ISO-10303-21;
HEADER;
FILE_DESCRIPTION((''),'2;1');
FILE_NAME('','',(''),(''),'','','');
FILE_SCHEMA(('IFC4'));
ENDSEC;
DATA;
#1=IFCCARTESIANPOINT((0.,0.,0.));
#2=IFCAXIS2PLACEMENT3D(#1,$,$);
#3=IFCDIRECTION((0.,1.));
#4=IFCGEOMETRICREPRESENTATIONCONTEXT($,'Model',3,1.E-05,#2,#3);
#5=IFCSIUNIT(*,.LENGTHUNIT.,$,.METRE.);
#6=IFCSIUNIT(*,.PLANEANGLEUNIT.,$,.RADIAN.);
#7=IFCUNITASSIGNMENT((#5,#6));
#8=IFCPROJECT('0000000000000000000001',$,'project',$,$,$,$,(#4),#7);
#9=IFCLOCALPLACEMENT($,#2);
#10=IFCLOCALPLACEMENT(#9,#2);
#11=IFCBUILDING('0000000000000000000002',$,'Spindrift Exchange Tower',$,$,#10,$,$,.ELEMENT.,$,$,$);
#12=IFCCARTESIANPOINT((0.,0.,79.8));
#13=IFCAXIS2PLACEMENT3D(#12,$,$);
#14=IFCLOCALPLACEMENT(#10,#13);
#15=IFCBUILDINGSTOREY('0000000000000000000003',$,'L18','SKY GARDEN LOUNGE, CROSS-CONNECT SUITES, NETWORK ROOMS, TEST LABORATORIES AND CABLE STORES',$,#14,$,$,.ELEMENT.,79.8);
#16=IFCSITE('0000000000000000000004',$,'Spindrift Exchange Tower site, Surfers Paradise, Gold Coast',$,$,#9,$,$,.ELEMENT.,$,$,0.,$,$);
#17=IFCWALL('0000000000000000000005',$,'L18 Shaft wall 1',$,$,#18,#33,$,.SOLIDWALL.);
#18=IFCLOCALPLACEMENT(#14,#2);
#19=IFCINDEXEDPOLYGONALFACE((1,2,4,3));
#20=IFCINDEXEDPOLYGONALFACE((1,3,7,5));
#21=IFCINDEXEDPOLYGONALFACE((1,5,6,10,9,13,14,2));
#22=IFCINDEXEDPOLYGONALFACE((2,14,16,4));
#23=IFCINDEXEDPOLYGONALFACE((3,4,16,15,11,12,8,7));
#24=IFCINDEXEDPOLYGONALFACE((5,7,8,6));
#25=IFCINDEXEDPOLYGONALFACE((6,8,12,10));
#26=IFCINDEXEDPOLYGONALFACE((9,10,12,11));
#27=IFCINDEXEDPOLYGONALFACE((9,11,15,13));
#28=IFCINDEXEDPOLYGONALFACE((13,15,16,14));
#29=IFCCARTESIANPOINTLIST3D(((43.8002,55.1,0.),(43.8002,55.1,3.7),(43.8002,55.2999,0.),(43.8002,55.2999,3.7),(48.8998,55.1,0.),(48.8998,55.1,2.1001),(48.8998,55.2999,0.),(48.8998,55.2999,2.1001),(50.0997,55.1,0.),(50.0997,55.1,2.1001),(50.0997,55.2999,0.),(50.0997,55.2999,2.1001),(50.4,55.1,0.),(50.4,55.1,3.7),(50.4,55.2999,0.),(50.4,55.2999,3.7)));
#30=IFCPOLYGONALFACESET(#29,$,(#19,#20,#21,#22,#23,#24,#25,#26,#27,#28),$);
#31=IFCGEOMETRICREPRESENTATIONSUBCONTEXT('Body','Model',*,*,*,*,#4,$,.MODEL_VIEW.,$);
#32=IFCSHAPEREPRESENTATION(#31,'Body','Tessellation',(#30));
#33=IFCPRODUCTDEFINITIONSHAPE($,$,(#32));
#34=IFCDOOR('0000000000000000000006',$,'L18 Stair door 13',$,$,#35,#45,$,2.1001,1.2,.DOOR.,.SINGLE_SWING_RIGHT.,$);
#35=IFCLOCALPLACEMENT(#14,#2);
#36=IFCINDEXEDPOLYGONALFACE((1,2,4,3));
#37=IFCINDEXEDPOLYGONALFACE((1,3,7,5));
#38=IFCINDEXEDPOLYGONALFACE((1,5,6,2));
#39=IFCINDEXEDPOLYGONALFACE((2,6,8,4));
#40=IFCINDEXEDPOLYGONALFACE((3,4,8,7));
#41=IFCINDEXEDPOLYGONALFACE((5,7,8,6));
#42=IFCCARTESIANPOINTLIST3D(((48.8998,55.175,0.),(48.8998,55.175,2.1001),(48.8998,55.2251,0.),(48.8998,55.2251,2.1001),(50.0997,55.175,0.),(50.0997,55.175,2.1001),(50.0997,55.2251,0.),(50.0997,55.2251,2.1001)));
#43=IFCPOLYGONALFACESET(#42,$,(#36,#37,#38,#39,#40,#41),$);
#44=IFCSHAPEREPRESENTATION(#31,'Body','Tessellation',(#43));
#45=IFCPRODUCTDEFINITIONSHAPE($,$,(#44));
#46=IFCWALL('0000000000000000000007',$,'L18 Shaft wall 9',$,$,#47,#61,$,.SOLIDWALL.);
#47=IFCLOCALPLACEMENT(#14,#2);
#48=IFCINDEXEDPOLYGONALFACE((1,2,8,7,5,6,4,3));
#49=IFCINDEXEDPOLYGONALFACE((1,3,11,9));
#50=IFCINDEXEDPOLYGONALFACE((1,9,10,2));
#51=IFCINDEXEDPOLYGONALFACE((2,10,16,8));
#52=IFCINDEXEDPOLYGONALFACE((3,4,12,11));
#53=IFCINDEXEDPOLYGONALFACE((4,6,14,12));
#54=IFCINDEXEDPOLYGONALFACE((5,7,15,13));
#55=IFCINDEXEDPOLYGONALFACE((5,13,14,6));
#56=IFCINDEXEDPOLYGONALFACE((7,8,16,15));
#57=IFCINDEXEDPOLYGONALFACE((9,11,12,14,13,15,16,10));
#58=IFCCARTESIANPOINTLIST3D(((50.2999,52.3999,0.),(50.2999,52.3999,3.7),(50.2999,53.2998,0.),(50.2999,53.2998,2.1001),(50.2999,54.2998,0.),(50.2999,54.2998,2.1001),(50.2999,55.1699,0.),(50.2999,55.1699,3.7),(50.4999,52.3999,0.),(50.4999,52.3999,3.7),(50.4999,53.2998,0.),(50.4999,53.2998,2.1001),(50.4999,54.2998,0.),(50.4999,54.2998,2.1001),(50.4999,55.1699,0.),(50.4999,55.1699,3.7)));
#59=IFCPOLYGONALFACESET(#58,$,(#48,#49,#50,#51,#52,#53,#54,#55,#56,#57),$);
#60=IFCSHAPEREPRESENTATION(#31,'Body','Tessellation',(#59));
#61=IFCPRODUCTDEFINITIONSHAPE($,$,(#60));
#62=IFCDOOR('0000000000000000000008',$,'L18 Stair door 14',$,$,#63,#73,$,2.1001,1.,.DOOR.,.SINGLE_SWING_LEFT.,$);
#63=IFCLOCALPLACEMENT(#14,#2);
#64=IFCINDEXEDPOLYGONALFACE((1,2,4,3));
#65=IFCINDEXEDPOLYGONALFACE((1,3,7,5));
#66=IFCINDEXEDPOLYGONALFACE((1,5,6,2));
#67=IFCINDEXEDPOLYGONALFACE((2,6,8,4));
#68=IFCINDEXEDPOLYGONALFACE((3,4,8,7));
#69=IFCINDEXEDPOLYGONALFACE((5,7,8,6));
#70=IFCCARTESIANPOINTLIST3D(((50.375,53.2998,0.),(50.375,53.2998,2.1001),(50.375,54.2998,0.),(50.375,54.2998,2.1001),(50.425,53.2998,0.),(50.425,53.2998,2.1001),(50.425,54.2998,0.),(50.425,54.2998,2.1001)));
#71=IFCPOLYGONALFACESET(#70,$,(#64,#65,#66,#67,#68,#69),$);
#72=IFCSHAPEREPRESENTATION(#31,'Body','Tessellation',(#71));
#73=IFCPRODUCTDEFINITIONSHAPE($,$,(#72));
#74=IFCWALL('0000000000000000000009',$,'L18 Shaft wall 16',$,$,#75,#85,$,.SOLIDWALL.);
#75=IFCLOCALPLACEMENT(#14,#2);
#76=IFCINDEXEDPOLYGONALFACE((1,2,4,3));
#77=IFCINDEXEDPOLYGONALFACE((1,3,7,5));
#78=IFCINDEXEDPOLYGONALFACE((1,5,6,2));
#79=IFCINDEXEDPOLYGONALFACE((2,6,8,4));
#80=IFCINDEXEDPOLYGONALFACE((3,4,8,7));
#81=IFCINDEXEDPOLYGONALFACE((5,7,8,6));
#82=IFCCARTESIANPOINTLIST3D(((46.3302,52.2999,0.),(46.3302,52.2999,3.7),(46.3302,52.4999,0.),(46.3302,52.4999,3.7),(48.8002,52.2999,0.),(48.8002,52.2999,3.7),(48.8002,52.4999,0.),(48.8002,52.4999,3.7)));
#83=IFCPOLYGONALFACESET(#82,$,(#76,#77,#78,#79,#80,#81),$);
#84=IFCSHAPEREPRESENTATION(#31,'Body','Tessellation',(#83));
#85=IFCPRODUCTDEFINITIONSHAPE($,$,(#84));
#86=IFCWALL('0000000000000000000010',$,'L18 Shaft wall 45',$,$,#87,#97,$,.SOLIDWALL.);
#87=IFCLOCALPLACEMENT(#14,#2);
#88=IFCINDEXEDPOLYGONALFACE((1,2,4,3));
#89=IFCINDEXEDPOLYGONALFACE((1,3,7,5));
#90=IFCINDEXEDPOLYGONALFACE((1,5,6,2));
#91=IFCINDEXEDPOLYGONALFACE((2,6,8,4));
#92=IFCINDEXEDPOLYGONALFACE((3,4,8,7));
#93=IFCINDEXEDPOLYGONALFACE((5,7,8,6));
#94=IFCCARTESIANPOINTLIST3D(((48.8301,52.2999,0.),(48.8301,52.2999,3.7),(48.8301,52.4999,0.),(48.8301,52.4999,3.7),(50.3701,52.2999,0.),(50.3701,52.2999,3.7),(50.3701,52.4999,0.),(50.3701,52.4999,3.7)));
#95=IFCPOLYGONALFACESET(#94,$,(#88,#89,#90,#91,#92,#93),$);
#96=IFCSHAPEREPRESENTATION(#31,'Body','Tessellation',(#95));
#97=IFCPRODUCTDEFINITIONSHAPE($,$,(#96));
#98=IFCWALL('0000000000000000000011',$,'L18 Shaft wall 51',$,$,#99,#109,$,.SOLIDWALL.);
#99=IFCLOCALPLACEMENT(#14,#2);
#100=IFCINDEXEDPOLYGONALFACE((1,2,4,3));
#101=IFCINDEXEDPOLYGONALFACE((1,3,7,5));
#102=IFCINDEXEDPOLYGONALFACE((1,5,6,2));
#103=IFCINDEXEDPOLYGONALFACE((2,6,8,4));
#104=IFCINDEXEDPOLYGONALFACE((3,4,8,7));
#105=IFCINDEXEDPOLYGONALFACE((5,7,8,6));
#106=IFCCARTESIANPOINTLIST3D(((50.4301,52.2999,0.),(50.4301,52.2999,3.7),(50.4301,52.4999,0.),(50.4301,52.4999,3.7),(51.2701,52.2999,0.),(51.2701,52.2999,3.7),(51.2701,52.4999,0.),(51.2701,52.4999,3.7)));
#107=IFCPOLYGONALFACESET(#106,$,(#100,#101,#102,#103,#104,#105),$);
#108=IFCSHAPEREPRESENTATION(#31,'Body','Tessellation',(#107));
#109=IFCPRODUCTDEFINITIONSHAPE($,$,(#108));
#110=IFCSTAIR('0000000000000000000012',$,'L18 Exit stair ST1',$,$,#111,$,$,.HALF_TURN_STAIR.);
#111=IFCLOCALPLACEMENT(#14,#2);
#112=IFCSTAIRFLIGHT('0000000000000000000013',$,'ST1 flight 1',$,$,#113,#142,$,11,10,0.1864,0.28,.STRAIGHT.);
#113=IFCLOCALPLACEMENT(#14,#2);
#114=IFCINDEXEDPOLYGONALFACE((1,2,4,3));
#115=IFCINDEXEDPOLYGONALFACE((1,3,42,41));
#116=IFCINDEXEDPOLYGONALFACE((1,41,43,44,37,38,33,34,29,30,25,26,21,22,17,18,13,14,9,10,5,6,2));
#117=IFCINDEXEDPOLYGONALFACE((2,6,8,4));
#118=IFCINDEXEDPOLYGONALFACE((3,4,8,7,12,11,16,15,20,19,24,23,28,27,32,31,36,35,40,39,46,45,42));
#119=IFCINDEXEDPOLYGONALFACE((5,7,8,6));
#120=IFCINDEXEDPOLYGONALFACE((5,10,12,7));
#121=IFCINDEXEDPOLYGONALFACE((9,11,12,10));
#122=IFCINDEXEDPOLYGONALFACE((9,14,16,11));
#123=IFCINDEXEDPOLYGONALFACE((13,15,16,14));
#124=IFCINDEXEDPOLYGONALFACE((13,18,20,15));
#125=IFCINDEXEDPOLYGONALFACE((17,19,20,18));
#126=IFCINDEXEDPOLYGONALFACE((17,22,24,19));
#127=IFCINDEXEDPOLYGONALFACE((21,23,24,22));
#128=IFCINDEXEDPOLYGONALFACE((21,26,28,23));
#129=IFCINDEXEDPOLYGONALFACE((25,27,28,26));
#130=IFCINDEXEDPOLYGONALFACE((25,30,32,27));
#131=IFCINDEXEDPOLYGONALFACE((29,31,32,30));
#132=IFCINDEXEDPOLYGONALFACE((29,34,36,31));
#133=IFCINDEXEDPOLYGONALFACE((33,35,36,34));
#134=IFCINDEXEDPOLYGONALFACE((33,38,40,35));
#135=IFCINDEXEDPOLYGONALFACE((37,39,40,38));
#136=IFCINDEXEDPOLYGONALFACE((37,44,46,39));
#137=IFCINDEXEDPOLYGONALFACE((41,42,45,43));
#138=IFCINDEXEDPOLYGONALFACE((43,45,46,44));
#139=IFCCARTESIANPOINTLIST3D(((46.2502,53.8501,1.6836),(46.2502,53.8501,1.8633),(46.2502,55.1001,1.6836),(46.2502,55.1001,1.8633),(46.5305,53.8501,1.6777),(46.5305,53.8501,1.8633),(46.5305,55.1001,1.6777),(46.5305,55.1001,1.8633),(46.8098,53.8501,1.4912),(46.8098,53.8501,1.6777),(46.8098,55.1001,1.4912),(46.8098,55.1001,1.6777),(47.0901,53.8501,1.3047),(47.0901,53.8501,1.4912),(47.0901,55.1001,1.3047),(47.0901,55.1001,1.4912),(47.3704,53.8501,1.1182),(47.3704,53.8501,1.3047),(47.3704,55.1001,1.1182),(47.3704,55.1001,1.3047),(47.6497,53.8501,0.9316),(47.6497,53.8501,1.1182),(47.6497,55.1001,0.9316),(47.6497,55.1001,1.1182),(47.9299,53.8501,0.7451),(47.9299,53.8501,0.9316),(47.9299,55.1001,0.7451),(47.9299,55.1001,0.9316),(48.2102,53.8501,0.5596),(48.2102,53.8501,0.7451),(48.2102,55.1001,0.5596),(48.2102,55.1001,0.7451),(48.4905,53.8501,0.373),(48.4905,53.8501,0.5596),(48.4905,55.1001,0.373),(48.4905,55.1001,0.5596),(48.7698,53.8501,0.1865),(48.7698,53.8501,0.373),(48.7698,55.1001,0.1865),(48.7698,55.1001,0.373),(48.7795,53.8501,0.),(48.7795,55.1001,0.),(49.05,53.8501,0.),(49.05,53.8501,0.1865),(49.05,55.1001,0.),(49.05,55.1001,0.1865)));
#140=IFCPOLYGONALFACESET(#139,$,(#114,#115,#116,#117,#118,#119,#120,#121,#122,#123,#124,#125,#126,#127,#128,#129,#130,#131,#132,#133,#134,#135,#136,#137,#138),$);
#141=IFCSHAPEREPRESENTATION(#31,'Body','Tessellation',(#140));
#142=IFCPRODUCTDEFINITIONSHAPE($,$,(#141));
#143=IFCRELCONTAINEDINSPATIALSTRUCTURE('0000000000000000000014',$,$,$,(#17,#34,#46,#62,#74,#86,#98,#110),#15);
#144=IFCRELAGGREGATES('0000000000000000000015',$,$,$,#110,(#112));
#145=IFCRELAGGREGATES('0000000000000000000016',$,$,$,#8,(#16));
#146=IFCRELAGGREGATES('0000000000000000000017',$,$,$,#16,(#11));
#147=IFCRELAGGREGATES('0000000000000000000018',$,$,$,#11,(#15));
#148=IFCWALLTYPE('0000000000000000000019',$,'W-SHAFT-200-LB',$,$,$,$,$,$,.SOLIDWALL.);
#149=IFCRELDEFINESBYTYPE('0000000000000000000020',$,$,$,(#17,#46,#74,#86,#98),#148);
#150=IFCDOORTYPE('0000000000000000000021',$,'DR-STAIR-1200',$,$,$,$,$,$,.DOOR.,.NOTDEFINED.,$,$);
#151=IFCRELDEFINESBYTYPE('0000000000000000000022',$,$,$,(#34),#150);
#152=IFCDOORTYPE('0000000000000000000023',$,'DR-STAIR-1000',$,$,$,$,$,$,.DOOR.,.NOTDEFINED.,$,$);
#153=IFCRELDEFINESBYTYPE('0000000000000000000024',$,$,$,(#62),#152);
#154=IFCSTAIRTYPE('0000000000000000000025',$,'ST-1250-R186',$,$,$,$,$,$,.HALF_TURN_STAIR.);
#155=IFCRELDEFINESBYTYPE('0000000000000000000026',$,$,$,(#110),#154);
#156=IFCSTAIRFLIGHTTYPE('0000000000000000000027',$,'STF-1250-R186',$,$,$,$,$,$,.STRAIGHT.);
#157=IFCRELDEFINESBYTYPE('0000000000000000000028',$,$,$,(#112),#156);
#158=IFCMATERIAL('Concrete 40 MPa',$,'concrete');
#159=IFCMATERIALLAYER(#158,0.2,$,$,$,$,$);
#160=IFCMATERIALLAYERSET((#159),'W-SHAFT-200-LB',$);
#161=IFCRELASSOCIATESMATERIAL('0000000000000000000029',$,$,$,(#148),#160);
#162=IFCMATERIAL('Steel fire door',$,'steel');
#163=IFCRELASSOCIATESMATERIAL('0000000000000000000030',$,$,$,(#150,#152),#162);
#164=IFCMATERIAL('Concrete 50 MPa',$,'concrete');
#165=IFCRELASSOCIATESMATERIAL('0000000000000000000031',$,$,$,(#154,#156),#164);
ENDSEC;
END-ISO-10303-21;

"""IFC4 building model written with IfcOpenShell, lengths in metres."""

from ifc_helpers import new_model, si_unit, direction, frame, frame_2d, origin, place, context, subcontext, project, spatial, line, indexed_curve, rectangle, outline, extrude, source, transform, mapped, material, layer, layer_set, type_object, element, fill, aggregate, save


model = new_model("IFC4")

# Units and contexts
model_context = context("Model", 3, precision=1e-05, world=origin(), true_north=direction((0.0, 1.0)))
body_context = subcontext(model_context, "Body", "Model", "MODEL_VIEW")
ifc_project = project(units=[si_unit("LENGTHUNIT", "METRE"), si_unit("PLANEANGLEUNIT", "RADIAN")], contexts=[model_context])

# Site, building, storey
site_placement = place(None, origin())
site = spatial("IfcSite", under=ifc_project, at=site_placement, Name="Spindrift Exchange Tower site, Surfers Paradise, Gold Coast", CompositionType="ELEMENT", RefElevation=0.0)
building_placement = place(site_placement, origin())
building = spatial("IfcBuilding", under=site, at=building_placement, Name="Spindrift Exchange Tower", CompositionType="ELEMENT")
storey_placement = place(building_placement, frame((0.0, 0.0, 79.8)))
storey = spatial("IfcBuildingStorey", under=building, at=storey_placement, Name="L18", Description="SKY GARDEN LOUNGE, CROSS-CONNECT SUITES, NETWORK ROOMS, TEST LABORATORIES AND CABLE STORES", CompositionType="ELEMENT", Elevation=79.8)

# Shared definitions
ifc_material_1 = material(Name="Concrete 40 MPa", Category="concrete")

# Walls, openings, doors
ifc_layer_1 = layer(ifc_material_1, 0.2)
ifc_layer_set_1 = layer_set([ifc_layer_1], Name="W-SHAFT-200-LB")
wall_type_1 = type_object("IfcWallType", Name="W-SHAFT-200-LB", PredefinedType="SOLIDWALL", material=ifc_layer_set_1)
wall_1_placement = place(storey_placement, frame((50.3999, 55.2, 0.0), z_axis=(0.0, 0.0, 1.0), x_axis=(-1.0, 0.0, 0.0)))
wall_1 = element("IfcWall", 1, at=wall_1_placement, inside=storey, type_object=wall_type_1, Name="L18 Shaft wall 1", PredefinedType="SOLIDWALL", context=body_context, shape_type="SweptSolid", body=[
    extrude(rectangle(XDim=6.5999, YDim=0.2, at=frame_2d((3.2998, 0.0))), origin(), (0.0, 0.0, 1.0), 3.7),
])
opening_1_placement = place(wall_1_placement, frame((0.3, 0.0, 0.0)))
opening_1 = element("IfcOpeningElement", 2, at=opening_1_placement, cuts=wall_1, PredefinedType="OPENING", context=body_context, shape_type="SweptSolid", body=[
    extrude(rectangle(XDim=1.2, YDim=2.1001, at=frame_2d((0.6001, 1.05))), frame((0.0, 0.1099, 0.0), z_axis=(0.0, -1.0, 0.0), x_axis=(1.0, 0.0, 0.0)), (0.0, 0.0, 1.0), 0.22),
])
ifc_material_2 = material(Name="Steel fire door", Category="steel")
door_type_1 = type_object("IfcDoorType", Name="DR-STAIR-1200", OperationType="NOTDEFINED", PredefinedType="DOOR", material=ifc_material_2)
shared_shape_1 = source(origin(), body_context, "Body", "SweptSolid", [
    extrude(rectangle(XDim=1.2, YDim=2.1001, at=frame_2d((0.6001, 1.05))), frame((0.0, 0.0249, 0.0), z_axis=(0.0, -1.0, 0.0), x_axis=(1.0, 0.0, 0.0)), (0.0, 0.0, 1.0), 0.05),
])
door_1_placement = place(opening_1_placement, origin())
door_1 = element("IfcDoor", 3, at=door_1_placement, inside=storey, type_object=door_type_1, Name="L18 Stair door 13", OperationType="SINGLE_SWING_RIGHT", OverallHeight=2.1001, OverallWidth=1.2, PredefinedType="DOOR", context=body_context, shape_type="MappedRepresentation", body=[
    mapped(shared_shape_1, transform((0.0, 0.0, 0.0), scale=1.0)),
])
fill(opening_1, door_1)
wall_2_placement = place(storey_placement, frame((50.3999, 52.3999, 0.0), z_axis=(0.0, 0.0, 1.0), x_axis=(0.0, 1.0, 0.0)))
wall_2 = element("IfcWall", 4, at=wall_2_placement, inside=storey, type_object=wall_type_1, Name="L18 Shaft wall 9", PredefinedType="SOLIDWALL", context=body_context, shape_type="SweptSolid", body=[
    extrude(rectangle(XDim=2.77, YDim=0.2, at=frame_2d((1.385, 0.0))), origin(), (0.0, 0.0, 1.0), 3.7),
])
opening_2_placement = place(wall_2_placement, frame((0.8999, 0.0, 0.0)))
opening_2 = element("IfcOpeningElement", 5, at=opening_2_placement, cuts=wall_2, PredefinedType="OPENING", context=body_context, shape_type="SweptSolid", body=[
    extrude(rectangle(XDim=1.0, YDim=2.1001, at=frame_2d((0.5, 1.05))), frame((0.0, 0.1099, 0.0), z_axis=(0.0, -1.0, 0.0), x_axis=(1.0, 0.0, 0.0)), (0.0, 0.0, 1.0), 0.22),
])
door_type_2 = type_object("IfcDoorType", Name="DR-STAIR-1000", OperationType="NOTDEFINED", PredefinedType="DOOR", material=ifc_material_2)
shared_shape_2 = source(origin(), body_context, "Body", "SweptSolid", [
    extrude(rectangle(XDim=1.0, YDim=2.1001, at=frame_2d((0.5, 1.05))), frame((0.0, 0.0249, 0.0), z_axis=(0.0, -1.0, 0.0), x_axis=(1.0, 0.0, 0.0)), (0.0, 0.0, 1.0), 0.05),
])
door_2_placement = place(opening_2_placement, origin())
door_2 = element("IfcDoor", 6, at=door_2_placement, inside=storey, type_object=door_type_2, Name="L18 Stair door 14", OperationType="SINGLE_SWING_LEFT", OverallHeight=2.1001, OverallWidth=1.0, PredefinedType="DOOR", context=body_context, shape_type="MappedRepresentation", body=[
    mapped(shared_shape_2, transform((0.0, 0.0, 0.0), scale=1.0)),
])
fill(opening_2, door_2)

# Walls
wall_3_placement = place(storey_placement, frame((48.8, 52.3999, 0.0), z_axis=(0.0, 0.0, 1.0), x_axis=(-1.0, 0.0, 0.0)))
element("IfcWall", 7, at=wall_3_placement, inside=storey, type_object=wall_type_1, Name="L18 Shaft wall 16", PredefinedType="SOLIDWALL", context=body_context, shape_type="SweptSolid", body=[
    extrude(rectangle(XDim=2.47, YDim=0.2, at=frame_2d((1.2349, 0.0))), origin(), (0.0, 0.0, 1.0), 3.7),
])
wall_4_placement = place(storey_placement, frame((50.3701, 52.3999, 0.0), z_axis=(0.0, 0.0, 1.0), x_axis=(-1.0, 0.0, 0.0)))
element("IfcWall", 8, at=wall_4_placement, inside=storey, type_object=wall_type_1, Name="L18 Shaft wall 45", PredefinedType="SOLIDWALL", context=body_context, shape_type="SweptSolid", body=[
    extrude(rectangle(XDim=1.54, YDim=0.2, at=frame_2d((0.77, 0.0))), origin(), (0.0, 0.0, 1.0), 3.7),
])
wall_5_placement = place(storey_placement, frame((51.27, 52.3999, 0.0), z_axis=(0.0, 0.0, 1.0), x_axis=(-1.0, 0.0, 0.0)))
element("IfcWall", 9, at=wall_5_placement, inside=storey, type_object=wall_type_1, Name="L18 Shaft wall 51", PredefinedType="SOLIDWALL", context=body_context, shape_type="SweptSolid", body=[
    extrude(rectangle(XDim=0.8401, YDim=0.2, at=frame_2d((0.4199, 0.0))), origin(), (0.0, 0.0, 1.0), 3.7),
])

# Stair, stair flight
ifc_material_3 = material(Name="Concrete 50 MPa", Category="concrete")
stair_type = type_object("IfcStairType", Name="ST-1250-R186", PredefinedType="HALF_TURN_STAIR", material=ifc_material_3)
stair_placement = place(storey_placement, origin())
stair = element("IfcStair", 10, at=stair_placement, inside=storey, type_object=stair_type, Name="L18 Exit stair ST1", PredefinedType="HALF_TURN_STAIR")
stair_flight_type = type_object("IfcStairFlightType", Name="STF-1250-R186", PredefinedType="STRAIGHT", material=ifc_material_3)
stair_flight_placement = place(storey_placement, frame((49.05, 54.4751, 0.0), z_axis=(0.0, 0.0, 1.0), x_axis=(-1.0, 0.0, 0.0)))
stair_flight = element("IfcStairFlight", 11, at=stair_flight_placement, type_object=stair_flight_type, Name="ST1 flight 1", NumberOfRisers=11, NumberOfTreads=10, PredefinedType="STRAIGHT", RiserHeight=0.1864, TreadLength=0.28, context=body_context, shape_type="SweptSolid", body=[
    extrude(outline(indexed_curve([(0.0, 0.0), (0.0, 0.1865), (0.2803, 0.1865), (0.2803, 0.373), (0.5596, 0.373), (0.5596, 0.5596), (0.8398, 0.5596), (0.8398, 0.7451), (1.1201, 0.7451), (1.1201, 0.9316), (1.4004, 0.9316), (1.4004, 1.1182), (1.6797, 1.1182), (1.6797, 1.3047), (1.96, 1.3047), (1.96, 1.4912), (2.2402, 1.4912), (2.2402, 1.6777), (2.5195, 1.6777), (2.5195, 1.8633), (2.7998, 1.8633), (2.7998, 2.0498), (2.7998, 1.6836), (0.2705, 0.0)], segments=[line(1, 2, 3, 4, 5, 6, 7, 8, 9, 10, 11, 12, 13, 14, 15, 16, 17, 18, 19, 20, 21, 22, 23, 24, 1)], self_intersect=False)), frame((0.0, 0.625, 0.0), z_axis=(0.0, -1.0, 0.0), x_axis=(1.0, 0.0, 0.0)), (0.0, 0.0, 1.0), 1.25),
])
aggregate(stair, [stair_flight])

save(model, "model.ifc")
